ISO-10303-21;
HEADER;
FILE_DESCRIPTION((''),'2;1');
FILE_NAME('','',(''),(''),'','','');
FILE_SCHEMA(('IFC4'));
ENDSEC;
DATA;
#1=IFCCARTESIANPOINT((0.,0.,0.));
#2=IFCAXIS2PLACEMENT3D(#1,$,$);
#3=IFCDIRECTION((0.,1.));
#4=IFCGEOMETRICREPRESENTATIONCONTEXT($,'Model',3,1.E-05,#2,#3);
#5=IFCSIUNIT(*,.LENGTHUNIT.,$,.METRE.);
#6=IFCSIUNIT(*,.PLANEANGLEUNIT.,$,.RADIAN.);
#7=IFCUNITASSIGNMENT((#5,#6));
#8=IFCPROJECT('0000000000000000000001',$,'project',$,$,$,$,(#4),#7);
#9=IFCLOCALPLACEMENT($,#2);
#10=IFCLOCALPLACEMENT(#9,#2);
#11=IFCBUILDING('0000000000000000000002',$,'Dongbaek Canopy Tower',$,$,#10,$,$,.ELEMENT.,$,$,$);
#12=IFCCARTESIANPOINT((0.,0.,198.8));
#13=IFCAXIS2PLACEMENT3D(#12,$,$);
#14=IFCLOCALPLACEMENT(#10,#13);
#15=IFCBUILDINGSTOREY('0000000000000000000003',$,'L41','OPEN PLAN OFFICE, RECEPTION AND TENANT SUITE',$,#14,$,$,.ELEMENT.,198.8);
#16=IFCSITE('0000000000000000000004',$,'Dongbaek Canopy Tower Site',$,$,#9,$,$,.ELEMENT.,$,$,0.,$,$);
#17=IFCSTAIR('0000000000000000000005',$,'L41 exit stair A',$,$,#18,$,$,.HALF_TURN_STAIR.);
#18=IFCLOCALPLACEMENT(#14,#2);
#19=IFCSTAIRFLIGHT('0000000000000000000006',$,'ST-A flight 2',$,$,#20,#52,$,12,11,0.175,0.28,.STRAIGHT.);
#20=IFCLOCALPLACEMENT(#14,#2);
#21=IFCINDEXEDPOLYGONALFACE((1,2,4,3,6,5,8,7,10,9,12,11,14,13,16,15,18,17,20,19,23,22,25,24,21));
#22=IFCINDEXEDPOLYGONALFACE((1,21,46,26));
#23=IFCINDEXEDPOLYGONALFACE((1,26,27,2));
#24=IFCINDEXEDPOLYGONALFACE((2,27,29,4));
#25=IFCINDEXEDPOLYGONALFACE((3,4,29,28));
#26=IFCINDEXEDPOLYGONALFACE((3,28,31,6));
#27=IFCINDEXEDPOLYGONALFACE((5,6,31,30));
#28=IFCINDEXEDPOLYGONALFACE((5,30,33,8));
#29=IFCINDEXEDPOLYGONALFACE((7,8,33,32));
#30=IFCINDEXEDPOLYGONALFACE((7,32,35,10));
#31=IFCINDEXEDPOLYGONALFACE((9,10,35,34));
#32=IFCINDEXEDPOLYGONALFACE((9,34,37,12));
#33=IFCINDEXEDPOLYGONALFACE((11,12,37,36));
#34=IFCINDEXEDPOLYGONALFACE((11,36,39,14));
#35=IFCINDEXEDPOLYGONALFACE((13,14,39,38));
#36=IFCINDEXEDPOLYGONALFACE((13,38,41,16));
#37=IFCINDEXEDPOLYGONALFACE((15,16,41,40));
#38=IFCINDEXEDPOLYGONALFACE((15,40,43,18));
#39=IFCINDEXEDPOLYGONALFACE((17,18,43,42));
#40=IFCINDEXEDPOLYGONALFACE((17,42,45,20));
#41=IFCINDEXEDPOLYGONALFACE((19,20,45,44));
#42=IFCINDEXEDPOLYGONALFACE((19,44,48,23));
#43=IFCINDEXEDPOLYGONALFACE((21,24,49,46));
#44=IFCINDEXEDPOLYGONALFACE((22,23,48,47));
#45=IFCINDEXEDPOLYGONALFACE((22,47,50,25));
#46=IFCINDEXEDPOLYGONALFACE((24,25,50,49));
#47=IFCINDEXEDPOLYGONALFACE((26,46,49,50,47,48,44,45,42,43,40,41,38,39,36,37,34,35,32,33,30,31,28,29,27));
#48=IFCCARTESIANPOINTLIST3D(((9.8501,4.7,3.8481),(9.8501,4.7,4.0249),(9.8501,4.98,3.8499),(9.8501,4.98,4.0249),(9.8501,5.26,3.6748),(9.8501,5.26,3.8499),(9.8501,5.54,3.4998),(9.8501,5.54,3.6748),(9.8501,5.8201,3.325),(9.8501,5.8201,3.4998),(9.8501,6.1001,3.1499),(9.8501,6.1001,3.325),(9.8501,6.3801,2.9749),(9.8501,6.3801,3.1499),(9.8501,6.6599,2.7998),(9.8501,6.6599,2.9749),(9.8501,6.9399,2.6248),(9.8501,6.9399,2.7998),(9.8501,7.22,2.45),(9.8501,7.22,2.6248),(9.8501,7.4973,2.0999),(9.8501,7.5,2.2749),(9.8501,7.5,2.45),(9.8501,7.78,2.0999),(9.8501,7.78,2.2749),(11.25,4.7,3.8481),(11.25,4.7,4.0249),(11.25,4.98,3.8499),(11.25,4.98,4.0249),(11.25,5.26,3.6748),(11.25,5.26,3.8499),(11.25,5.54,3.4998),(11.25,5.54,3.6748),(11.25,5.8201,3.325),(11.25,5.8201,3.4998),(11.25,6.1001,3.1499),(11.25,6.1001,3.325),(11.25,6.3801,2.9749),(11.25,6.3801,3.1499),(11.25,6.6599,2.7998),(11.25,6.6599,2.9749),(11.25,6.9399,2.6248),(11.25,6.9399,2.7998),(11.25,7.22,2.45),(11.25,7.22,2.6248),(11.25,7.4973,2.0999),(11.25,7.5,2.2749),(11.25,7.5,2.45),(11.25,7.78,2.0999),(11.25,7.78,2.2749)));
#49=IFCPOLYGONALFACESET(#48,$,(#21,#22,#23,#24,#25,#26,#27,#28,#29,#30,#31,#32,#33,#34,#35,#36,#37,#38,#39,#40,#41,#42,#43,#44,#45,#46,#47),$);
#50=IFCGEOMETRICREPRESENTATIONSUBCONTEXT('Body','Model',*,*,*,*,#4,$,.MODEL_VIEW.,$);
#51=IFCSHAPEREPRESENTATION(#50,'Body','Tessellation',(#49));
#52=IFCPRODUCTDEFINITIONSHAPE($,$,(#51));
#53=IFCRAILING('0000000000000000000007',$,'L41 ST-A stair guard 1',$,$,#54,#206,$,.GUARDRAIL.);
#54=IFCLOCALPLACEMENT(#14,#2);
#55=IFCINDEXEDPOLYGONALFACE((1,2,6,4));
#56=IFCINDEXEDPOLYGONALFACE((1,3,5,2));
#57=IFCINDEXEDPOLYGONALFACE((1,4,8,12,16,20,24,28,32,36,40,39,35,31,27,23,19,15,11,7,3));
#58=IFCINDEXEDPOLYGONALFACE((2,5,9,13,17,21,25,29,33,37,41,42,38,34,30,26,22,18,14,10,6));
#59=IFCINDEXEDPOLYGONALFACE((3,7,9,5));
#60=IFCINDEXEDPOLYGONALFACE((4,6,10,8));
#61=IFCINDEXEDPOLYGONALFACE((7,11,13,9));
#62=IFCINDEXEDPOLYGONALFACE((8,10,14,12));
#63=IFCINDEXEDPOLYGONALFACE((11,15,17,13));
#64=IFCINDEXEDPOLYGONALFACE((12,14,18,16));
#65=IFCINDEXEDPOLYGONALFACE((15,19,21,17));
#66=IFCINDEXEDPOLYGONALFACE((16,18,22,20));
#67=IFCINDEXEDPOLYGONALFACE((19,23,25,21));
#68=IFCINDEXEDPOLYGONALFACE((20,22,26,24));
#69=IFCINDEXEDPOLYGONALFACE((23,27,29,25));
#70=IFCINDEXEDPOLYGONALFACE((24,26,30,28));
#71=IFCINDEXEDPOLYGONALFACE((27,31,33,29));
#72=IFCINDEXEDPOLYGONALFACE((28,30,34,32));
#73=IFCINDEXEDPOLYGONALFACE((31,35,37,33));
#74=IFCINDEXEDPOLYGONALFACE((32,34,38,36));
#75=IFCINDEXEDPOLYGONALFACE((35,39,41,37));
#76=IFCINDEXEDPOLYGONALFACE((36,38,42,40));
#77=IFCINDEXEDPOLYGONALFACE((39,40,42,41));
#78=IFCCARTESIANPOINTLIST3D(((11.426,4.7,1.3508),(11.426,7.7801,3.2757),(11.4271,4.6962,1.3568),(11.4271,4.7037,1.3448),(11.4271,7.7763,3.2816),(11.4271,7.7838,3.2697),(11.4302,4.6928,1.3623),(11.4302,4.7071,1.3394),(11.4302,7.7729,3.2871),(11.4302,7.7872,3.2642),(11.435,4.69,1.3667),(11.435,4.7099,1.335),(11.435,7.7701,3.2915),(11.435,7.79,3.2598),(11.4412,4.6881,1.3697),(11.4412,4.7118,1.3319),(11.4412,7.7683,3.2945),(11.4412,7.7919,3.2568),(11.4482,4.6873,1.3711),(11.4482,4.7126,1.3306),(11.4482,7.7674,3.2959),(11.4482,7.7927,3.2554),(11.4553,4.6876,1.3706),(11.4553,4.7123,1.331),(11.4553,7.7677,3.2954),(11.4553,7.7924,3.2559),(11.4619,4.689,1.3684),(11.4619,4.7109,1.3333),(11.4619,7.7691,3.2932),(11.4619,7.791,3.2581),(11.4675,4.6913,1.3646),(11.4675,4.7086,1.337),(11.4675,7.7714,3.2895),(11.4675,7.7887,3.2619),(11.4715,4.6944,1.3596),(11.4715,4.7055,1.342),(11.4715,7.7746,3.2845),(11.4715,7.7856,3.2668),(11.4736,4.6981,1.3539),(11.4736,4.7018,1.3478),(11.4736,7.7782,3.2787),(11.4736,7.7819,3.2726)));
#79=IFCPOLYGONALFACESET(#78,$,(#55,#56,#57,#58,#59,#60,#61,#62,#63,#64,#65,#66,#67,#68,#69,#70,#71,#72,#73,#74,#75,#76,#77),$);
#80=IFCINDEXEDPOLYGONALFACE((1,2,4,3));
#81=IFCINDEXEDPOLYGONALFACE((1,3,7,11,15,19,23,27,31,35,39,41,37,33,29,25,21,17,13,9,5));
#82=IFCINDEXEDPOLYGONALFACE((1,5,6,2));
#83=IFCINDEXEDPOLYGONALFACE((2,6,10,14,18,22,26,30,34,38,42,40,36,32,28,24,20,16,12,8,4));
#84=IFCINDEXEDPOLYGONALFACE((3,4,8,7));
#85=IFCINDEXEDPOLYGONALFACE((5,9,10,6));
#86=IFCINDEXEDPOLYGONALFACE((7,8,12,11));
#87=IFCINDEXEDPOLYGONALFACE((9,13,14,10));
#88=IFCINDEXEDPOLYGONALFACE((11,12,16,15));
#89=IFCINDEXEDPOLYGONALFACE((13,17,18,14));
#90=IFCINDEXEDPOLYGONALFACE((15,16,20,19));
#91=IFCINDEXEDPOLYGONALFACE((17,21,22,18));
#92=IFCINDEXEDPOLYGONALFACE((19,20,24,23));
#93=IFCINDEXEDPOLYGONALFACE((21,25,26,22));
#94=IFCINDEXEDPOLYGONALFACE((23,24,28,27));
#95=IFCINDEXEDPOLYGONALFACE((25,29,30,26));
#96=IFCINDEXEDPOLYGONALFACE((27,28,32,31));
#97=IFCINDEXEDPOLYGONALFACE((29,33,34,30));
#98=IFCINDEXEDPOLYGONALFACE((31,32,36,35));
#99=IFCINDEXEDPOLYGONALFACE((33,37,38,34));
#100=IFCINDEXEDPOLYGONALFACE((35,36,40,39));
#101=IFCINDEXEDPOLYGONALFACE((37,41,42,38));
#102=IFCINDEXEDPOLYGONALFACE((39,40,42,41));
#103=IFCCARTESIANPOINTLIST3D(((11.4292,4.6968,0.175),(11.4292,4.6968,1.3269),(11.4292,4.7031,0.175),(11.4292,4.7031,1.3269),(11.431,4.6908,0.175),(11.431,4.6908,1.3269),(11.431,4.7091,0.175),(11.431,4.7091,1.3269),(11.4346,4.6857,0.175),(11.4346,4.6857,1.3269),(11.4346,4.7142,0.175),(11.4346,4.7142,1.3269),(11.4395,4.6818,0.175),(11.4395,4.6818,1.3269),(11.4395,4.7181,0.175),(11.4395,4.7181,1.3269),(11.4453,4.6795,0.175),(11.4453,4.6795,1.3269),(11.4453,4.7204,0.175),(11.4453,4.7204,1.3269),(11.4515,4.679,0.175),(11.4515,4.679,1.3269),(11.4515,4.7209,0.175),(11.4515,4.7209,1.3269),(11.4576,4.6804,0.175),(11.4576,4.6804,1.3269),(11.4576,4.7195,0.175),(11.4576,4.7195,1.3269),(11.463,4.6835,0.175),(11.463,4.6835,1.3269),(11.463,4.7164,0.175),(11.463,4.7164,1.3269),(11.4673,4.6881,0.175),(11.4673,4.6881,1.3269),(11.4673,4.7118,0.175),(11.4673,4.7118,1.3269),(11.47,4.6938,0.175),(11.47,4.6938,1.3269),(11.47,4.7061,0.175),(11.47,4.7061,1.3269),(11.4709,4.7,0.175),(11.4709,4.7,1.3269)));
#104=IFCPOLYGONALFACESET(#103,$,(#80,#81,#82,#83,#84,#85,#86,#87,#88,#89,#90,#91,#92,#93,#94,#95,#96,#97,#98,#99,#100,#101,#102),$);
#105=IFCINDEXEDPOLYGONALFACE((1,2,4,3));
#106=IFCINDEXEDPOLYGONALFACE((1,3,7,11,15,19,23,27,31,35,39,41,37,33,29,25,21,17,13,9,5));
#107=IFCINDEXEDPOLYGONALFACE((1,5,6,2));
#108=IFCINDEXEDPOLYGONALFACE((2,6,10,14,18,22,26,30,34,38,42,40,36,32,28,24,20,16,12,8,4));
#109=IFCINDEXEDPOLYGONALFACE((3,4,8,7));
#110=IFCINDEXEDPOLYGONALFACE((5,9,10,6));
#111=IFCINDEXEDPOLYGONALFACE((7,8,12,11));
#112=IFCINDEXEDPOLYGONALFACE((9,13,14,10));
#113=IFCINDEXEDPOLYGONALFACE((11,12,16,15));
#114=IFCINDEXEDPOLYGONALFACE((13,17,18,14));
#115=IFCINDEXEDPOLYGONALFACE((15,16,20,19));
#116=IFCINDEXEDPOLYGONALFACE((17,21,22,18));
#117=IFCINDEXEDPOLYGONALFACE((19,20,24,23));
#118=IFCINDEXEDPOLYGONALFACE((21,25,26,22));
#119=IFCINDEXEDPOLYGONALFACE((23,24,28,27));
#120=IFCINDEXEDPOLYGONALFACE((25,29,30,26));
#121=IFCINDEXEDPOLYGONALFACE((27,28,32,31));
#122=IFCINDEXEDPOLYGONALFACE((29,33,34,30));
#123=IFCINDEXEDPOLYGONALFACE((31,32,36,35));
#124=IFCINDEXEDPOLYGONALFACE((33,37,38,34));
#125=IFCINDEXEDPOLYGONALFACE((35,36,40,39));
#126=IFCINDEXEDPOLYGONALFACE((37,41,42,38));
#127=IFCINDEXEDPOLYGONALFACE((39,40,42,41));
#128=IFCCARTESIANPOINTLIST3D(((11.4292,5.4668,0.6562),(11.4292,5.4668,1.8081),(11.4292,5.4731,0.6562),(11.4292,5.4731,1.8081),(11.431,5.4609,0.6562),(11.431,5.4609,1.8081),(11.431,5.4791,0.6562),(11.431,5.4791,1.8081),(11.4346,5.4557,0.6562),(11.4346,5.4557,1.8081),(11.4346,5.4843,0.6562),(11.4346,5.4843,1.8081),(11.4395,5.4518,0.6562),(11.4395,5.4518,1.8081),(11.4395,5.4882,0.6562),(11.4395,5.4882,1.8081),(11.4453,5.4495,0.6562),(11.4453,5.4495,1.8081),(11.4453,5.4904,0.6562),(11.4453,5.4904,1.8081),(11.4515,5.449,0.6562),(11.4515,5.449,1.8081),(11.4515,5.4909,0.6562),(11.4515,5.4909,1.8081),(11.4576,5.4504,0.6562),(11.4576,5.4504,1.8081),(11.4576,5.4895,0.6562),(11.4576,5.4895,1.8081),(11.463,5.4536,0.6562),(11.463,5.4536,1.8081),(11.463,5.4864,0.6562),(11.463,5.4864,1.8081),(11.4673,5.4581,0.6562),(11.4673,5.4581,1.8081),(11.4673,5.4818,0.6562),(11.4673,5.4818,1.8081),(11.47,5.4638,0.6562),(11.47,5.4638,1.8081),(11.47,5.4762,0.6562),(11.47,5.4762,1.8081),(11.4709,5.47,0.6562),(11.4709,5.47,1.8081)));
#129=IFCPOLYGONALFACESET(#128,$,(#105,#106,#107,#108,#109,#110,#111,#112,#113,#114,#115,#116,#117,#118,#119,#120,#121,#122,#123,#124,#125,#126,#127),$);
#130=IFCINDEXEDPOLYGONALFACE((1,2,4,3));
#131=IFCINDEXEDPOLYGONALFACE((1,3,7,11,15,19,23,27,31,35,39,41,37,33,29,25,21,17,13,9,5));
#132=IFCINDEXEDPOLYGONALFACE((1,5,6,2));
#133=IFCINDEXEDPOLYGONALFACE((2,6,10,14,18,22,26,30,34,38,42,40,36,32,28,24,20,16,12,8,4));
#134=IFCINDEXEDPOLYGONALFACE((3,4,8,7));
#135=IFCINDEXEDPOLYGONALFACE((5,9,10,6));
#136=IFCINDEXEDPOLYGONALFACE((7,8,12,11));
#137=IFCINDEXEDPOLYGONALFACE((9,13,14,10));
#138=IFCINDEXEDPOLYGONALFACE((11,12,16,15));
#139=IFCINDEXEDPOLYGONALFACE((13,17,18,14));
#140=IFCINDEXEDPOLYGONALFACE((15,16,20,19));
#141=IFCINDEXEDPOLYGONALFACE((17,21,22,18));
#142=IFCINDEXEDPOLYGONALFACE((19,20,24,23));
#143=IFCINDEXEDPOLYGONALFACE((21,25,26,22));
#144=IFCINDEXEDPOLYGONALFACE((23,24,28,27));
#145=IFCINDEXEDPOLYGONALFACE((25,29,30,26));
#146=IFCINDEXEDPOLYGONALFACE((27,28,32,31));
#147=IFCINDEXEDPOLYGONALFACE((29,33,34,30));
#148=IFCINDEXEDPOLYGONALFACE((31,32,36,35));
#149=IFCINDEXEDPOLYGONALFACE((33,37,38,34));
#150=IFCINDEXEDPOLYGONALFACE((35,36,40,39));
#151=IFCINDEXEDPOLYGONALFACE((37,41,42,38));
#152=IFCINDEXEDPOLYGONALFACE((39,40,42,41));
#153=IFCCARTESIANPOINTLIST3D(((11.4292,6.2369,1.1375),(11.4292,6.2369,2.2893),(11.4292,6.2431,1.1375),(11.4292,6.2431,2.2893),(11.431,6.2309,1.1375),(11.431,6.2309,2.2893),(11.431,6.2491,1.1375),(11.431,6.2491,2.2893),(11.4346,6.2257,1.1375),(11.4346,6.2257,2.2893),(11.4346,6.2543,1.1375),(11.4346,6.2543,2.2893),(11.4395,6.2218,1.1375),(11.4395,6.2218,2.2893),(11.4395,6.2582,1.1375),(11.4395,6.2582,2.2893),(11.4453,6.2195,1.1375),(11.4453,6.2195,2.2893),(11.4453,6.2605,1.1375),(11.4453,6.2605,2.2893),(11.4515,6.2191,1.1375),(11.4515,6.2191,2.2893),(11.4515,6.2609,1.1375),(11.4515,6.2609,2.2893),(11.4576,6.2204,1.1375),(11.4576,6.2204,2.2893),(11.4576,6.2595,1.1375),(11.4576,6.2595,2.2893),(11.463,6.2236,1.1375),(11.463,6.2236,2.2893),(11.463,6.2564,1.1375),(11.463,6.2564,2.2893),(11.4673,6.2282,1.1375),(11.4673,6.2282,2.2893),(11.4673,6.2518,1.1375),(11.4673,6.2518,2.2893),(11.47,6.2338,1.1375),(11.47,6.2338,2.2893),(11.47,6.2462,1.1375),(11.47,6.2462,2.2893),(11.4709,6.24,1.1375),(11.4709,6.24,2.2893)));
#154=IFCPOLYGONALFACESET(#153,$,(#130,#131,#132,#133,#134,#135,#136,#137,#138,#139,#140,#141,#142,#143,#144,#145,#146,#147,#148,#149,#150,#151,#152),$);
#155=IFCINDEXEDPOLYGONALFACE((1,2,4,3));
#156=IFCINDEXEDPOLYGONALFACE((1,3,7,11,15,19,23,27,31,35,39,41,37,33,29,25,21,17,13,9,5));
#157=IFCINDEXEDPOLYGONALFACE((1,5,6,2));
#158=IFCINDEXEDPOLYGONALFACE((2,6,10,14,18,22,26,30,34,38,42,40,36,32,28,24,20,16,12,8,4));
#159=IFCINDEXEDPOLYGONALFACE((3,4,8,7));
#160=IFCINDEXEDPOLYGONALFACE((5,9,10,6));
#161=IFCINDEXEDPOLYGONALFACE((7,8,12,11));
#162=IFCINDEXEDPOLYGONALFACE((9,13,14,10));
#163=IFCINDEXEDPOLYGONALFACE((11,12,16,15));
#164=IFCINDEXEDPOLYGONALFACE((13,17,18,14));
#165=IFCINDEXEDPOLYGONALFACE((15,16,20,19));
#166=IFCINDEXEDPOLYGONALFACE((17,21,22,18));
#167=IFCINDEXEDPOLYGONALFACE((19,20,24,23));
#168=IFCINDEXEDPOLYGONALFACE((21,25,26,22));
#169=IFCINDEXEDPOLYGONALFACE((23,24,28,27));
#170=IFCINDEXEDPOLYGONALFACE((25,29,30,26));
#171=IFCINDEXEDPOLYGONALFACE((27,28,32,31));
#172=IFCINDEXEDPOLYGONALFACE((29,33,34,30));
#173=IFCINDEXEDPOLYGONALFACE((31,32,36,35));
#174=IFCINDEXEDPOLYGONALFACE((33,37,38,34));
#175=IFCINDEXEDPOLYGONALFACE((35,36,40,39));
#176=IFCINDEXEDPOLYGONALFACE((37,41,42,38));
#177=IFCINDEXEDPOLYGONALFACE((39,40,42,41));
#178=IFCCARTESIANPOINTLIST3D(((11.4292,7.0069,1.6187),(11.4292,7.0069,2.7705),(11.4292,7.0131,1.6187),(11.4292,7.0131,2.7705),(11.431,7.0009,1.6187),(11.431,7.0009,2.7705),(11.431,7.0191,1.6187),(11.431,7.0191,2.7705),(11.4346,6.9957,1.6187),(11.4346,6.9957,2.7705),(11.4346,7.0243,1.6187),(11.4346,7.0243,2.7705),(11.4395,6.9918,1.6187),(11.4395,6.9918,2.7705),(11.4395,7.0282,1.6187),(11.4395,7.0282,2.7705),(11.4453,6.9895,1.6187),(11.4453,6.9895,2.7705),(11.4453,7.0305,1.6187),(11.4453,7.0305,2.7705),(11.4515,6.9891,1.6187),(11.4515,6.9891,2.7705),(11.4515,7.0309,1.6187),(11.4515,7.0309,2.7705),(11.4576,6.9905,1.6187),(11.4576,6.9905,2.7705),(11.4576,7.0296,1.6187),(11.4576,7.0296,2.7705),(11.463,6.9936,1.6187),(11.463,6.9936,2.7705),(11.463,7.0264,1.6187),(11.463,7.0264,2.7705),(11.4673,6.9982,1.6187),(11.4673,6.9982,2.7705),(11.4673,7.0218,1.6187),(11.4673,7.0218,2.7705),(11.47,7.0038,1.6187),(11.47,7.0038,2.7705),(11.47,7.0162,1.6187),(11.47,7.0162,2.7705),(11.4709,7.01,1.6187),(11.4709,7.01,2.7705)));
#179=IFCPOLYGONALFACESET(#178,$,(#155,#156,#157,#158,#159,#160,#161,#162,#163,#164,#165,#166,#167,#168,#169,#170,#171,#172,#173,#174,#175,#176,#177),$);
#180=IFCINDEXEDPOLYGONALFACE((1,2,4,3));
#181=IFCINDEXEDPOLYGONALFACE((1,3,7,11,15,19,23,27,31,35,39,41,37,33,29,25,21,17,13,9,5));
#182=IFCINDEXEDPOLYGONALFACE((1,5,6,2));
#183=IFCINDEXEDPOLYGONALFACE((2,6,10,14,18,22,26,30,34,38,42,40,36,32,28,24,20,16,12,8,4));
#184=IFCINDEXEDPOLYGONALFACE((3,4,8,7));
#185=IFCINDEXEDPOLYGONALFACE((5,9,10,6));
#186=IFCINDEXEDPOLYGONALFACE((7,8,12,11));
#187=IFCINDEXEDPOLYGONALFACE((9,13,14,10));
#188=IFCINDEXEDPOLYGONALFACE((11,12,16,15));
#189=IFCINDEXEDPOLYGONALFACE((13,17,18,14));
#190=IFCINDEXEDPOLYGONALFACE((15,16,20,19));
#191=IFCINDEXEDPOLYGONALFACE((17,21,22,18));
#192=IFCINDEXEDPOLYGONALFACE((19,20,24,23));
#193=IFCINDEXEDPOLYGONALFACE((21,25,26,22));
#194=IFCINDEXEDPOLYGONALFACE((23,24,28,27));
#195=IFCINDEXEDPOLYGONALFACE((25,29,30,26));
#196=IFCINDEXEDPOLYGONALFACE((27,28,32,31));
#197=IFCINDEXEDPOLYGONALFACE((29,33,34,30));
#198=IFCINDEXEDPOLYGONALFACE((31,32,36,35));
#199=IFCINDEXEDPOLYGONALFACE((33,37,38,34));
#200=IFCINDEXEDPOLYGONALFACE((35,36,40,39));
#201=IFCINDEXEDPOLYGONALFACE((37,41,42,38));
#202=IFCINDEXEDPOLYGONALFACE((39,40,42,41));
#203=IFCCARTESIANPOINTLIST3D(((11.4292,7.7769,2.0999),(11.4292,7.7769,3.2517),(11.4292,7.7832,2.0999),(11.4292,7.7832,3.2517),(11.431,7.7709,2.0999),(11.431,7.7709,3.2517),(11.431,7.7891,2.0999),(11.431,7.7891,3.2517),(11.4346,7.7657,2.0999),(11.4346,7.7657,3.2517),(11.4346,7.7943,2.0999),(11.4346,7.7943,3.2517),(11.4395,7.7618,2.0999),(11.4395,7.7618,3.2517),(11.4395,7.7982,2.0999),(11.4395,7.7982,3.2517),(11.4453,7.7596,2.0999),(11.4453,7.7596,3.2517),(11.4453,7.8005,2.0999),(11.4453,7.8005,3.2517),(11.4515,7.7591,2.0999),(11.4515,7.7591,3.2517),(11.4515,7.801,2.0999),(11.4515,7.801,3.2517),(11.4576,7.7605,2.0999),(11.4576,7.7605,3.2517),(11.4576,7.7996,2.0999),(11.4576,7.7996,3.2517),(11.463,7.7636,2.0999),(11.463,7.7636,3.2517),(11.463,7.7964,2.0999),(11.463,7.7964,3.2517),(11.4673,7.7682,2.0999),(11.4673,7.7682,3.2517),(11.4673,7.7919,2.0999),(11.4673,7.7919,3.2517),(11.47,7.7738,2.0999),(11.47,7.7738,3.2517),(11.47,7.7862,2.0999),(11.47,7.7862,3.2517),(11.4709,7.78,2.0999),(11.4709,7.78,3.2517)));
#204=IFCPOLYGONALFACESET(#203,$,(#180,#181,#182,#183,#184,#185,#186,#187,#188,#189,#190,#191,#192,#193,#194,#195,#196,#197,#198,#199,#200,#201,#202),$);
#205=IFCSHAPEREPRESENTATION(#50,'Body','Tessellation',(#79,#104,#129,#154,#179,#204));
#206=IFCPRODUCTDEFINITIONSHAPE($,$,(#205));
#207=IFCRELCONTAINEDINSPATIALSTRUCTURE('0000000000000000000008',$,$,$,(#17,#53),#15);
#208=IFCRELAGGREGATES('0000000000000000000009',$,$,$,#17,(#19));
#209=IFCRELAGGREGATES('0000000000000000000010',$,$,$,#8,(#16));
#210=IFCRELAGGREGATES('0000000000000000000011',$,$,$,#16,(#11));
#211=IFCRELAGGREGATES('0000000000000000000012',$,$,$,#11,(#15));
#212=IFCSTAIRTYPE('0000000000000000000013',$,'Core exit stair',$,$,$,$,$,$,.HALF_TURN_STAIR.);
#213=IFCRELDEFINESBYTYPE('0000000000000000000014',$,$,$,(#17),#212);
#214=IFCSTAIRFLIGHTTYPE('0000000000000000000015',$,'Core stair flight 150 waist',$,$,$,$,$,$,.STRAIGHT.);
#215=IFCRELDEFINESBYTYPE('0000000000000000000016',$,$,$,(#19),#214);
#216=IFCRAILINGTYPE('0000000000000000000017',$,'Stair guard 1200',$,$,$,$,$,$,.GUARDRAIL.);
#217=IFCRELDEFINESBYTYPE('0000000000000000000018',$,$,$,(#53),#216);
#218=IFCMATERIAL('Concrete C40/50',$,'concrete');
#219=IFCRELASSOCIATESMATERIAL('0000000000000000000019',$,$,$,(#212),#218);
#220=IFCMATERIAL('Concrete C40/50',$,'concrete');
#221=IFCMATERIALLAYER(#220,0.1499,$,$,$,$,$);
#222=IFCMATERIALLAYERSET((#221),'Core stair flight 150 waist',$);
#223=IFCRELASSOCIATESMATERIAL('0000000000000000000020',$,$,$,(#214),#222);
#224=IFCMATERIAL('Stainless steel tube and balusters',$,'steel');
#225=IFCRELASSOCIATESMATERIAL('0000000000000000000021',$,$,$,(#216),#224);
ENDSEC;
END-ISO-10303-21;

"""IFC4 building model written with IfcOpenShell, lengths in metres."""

from ifc_helpers import new_model, si_unit, direction, frame, origin, origin_2d, place, context, subcontext, project, spatial, polyline, circle, outline, extrude, material, layer, layer_set, type_object, element, aggregate, save


model = new_model("IFC4")

# Units and contexts
model_context = context("Model", 3, precision=1e-05, world=origin(), true_north=direction((0.0, 1.0)))
body_context = subcontext(model_context, "Body", "Model", "MODEL_VIEW")
ifc_project = project(units=[si_unit("LENGTHUNIT", "METRE"), si_unit("PLANEANGLEUNIT", "RADIAN")], contexts=[model_context])

# Site, building, storey
site_placement = place(None, origin())
site = spatial("IfcSite", under=ifc_project, at=site_placement, Name="Dongbaek Canopy Tower Site", CompositionType="ELEMENT", RefElevation=0.0)
building_placement = place(site_placement, origin())
building = spatial("IfcBuilding", under=site, at=building_placement, Name="Dongbaek Canopy Tower", CompositionType="ELEMENT")
storey_placement = place(building_placement, frame((0.0, 0.0, 198.8)))
storey = spatial("IfcBuildingStorey", under=building, at=storey_placement, Name="L41", Description="OPEN PLAN OFFICE, RECEPTION AND TENANT SUITE", CompositionType="ELEMENT", Elevation=198.8)

# Shared definitions
ifc_material_1 = material(Name="Concrete C40/50", Category="concrete")
stair_type = type_object("IfcStairType", Name="Core exit stair", PredefinedType="HALF_TURN_STAIR", material=ifc_material_1)

# Stair, stair flight
stair_1_placement = place(storey_placement, origin())
stair_1 = element("IfcStair", 1, at=stair_1_placement, inside=storey, type_object=stair_type, Name="L41 exit stair A", PredefinedType="HALF_TURN_STAIR")
ifc_material_2 = material(Name="Concrete C40/50", Category="concrete")
ifc_layer_1 = layer(ifc_material_2, 0.1499)
ifc_layer_set_1 = layer_set([ifc_layer_1], Name="Core stair flight 150 waist")
stair_flight_type = type_object("IfcStairFlightType", Name="Core stair flight 150 waist", PredefinedType="STRAIGHT", material=ifc_layer_set_1)
stair_flight_placement = place(storey_placement, frame((10.55, 7.78, 2.0999), z_axis=(0.0, 0.0, 1.0), x_axis=(0.0, -1.0, 0.0)))
stair_flight = element("IfcStairFlight", 2, at=stair_flight_placement, type_object=stair_flight_type, Name="ST-A flight 2", NumberOfRisers=12, NumberOfTreads=11, PredefinedType="STRAIGHT", RiserHeight=0.175, TreadLength=0.28, context=body_context, shape_type="SweptSolid", body=[
    extrude(outline(polyline([(0.0, 0.0), (0.0, 0.175), (0.28, 0.175), (0.28, 0.3501), (0.5601, 0.3501), (0.5601, 0.5249), (0.8401, 0.5249), (0.8401, 0.7), (1.1201, 0.7), (1.1201, 0.875), (1.3999, 0.875), (1.3999, 1.05), (1.6799, 1.05), (1.6799, 1.2251), (1.96, 1.2251), (1.96, 1.3999), (2.24, 1.3999), (2.24, 1.575), (2.52, 1.575), (2.52, 1.75), (2.8, 1.75), (2.8, 1.925), (3.0801, 1.925), (3.0801, 2.1001), (3.0801, 1.7483), (0.2827, 0.0), (0.0, 0.0)])), frame((0.0, 0.7, 0.0), z_axis=(0.0, -1.0, 0.0), x_axis=(1.0, 0.0, 0.0)), (0.0, 0.0, 1.0), 1.3999),
])
aggregate(stair_1, [stair_flight])

# Railing
ifc_material_3 = material(Name="Stainless steel tube and balusters", Category="steel")
railing_type_1 = type_object("IfcRailingType", Name="Stair guard 1200", PredefinedType="GUARDRAIL", material=ifc_material_3)
railing_1_placement = place(storey_placement, frame((11.45, 4.7, 0.175)))
element("IfcRailing", 3, at=railing_1_placement, inside=storey, type_object=railing_type_1, Name="L41 ST-A stair guard 1", PredefinedType="GUARDRAIL", context=body_context, shape_type="SweptSolid", body=[
    extrude(circle(Radius=0.0239, at=origin_2d()), frame((0.0, 0.0, 1.1758), z_axis=(0.0, 0.848029, 0.529951), x_axis=(-1.0, 0.0, 0.0)), (0.0, 0.0, 1.0), 3.6321),
    extrude(circle(Radius=0.021, at=origin_2d()), origin(), (0.0, 0.0, 1.0), 1.1519),
    extrude(circle(Radius=0.021, at=origin_2d()), frame((0.0, 0.77, 0.4812)), (0.0, 0.0, 1.0), 1.1519),
    extrude(circle(Radius=0.021, at=origin_2d()), frame((0.0, 1.54, 0.9624)), (0.0, 0.0, 1.0), 1.1519),
    extrude(circle(Radius=0.021, at=origin_2d()), frame((0.0, 2.3101, 1.4436)), (0.0, 0.0, 1.0), 1.1519),
    extrude(circle(Radius=0.021, at=origin_2d()), frame((0.0, 3.0801, 1.9248)), (0.0, 0.0, 1.0), 1.1519),
])

save(model, "model.ifc")
